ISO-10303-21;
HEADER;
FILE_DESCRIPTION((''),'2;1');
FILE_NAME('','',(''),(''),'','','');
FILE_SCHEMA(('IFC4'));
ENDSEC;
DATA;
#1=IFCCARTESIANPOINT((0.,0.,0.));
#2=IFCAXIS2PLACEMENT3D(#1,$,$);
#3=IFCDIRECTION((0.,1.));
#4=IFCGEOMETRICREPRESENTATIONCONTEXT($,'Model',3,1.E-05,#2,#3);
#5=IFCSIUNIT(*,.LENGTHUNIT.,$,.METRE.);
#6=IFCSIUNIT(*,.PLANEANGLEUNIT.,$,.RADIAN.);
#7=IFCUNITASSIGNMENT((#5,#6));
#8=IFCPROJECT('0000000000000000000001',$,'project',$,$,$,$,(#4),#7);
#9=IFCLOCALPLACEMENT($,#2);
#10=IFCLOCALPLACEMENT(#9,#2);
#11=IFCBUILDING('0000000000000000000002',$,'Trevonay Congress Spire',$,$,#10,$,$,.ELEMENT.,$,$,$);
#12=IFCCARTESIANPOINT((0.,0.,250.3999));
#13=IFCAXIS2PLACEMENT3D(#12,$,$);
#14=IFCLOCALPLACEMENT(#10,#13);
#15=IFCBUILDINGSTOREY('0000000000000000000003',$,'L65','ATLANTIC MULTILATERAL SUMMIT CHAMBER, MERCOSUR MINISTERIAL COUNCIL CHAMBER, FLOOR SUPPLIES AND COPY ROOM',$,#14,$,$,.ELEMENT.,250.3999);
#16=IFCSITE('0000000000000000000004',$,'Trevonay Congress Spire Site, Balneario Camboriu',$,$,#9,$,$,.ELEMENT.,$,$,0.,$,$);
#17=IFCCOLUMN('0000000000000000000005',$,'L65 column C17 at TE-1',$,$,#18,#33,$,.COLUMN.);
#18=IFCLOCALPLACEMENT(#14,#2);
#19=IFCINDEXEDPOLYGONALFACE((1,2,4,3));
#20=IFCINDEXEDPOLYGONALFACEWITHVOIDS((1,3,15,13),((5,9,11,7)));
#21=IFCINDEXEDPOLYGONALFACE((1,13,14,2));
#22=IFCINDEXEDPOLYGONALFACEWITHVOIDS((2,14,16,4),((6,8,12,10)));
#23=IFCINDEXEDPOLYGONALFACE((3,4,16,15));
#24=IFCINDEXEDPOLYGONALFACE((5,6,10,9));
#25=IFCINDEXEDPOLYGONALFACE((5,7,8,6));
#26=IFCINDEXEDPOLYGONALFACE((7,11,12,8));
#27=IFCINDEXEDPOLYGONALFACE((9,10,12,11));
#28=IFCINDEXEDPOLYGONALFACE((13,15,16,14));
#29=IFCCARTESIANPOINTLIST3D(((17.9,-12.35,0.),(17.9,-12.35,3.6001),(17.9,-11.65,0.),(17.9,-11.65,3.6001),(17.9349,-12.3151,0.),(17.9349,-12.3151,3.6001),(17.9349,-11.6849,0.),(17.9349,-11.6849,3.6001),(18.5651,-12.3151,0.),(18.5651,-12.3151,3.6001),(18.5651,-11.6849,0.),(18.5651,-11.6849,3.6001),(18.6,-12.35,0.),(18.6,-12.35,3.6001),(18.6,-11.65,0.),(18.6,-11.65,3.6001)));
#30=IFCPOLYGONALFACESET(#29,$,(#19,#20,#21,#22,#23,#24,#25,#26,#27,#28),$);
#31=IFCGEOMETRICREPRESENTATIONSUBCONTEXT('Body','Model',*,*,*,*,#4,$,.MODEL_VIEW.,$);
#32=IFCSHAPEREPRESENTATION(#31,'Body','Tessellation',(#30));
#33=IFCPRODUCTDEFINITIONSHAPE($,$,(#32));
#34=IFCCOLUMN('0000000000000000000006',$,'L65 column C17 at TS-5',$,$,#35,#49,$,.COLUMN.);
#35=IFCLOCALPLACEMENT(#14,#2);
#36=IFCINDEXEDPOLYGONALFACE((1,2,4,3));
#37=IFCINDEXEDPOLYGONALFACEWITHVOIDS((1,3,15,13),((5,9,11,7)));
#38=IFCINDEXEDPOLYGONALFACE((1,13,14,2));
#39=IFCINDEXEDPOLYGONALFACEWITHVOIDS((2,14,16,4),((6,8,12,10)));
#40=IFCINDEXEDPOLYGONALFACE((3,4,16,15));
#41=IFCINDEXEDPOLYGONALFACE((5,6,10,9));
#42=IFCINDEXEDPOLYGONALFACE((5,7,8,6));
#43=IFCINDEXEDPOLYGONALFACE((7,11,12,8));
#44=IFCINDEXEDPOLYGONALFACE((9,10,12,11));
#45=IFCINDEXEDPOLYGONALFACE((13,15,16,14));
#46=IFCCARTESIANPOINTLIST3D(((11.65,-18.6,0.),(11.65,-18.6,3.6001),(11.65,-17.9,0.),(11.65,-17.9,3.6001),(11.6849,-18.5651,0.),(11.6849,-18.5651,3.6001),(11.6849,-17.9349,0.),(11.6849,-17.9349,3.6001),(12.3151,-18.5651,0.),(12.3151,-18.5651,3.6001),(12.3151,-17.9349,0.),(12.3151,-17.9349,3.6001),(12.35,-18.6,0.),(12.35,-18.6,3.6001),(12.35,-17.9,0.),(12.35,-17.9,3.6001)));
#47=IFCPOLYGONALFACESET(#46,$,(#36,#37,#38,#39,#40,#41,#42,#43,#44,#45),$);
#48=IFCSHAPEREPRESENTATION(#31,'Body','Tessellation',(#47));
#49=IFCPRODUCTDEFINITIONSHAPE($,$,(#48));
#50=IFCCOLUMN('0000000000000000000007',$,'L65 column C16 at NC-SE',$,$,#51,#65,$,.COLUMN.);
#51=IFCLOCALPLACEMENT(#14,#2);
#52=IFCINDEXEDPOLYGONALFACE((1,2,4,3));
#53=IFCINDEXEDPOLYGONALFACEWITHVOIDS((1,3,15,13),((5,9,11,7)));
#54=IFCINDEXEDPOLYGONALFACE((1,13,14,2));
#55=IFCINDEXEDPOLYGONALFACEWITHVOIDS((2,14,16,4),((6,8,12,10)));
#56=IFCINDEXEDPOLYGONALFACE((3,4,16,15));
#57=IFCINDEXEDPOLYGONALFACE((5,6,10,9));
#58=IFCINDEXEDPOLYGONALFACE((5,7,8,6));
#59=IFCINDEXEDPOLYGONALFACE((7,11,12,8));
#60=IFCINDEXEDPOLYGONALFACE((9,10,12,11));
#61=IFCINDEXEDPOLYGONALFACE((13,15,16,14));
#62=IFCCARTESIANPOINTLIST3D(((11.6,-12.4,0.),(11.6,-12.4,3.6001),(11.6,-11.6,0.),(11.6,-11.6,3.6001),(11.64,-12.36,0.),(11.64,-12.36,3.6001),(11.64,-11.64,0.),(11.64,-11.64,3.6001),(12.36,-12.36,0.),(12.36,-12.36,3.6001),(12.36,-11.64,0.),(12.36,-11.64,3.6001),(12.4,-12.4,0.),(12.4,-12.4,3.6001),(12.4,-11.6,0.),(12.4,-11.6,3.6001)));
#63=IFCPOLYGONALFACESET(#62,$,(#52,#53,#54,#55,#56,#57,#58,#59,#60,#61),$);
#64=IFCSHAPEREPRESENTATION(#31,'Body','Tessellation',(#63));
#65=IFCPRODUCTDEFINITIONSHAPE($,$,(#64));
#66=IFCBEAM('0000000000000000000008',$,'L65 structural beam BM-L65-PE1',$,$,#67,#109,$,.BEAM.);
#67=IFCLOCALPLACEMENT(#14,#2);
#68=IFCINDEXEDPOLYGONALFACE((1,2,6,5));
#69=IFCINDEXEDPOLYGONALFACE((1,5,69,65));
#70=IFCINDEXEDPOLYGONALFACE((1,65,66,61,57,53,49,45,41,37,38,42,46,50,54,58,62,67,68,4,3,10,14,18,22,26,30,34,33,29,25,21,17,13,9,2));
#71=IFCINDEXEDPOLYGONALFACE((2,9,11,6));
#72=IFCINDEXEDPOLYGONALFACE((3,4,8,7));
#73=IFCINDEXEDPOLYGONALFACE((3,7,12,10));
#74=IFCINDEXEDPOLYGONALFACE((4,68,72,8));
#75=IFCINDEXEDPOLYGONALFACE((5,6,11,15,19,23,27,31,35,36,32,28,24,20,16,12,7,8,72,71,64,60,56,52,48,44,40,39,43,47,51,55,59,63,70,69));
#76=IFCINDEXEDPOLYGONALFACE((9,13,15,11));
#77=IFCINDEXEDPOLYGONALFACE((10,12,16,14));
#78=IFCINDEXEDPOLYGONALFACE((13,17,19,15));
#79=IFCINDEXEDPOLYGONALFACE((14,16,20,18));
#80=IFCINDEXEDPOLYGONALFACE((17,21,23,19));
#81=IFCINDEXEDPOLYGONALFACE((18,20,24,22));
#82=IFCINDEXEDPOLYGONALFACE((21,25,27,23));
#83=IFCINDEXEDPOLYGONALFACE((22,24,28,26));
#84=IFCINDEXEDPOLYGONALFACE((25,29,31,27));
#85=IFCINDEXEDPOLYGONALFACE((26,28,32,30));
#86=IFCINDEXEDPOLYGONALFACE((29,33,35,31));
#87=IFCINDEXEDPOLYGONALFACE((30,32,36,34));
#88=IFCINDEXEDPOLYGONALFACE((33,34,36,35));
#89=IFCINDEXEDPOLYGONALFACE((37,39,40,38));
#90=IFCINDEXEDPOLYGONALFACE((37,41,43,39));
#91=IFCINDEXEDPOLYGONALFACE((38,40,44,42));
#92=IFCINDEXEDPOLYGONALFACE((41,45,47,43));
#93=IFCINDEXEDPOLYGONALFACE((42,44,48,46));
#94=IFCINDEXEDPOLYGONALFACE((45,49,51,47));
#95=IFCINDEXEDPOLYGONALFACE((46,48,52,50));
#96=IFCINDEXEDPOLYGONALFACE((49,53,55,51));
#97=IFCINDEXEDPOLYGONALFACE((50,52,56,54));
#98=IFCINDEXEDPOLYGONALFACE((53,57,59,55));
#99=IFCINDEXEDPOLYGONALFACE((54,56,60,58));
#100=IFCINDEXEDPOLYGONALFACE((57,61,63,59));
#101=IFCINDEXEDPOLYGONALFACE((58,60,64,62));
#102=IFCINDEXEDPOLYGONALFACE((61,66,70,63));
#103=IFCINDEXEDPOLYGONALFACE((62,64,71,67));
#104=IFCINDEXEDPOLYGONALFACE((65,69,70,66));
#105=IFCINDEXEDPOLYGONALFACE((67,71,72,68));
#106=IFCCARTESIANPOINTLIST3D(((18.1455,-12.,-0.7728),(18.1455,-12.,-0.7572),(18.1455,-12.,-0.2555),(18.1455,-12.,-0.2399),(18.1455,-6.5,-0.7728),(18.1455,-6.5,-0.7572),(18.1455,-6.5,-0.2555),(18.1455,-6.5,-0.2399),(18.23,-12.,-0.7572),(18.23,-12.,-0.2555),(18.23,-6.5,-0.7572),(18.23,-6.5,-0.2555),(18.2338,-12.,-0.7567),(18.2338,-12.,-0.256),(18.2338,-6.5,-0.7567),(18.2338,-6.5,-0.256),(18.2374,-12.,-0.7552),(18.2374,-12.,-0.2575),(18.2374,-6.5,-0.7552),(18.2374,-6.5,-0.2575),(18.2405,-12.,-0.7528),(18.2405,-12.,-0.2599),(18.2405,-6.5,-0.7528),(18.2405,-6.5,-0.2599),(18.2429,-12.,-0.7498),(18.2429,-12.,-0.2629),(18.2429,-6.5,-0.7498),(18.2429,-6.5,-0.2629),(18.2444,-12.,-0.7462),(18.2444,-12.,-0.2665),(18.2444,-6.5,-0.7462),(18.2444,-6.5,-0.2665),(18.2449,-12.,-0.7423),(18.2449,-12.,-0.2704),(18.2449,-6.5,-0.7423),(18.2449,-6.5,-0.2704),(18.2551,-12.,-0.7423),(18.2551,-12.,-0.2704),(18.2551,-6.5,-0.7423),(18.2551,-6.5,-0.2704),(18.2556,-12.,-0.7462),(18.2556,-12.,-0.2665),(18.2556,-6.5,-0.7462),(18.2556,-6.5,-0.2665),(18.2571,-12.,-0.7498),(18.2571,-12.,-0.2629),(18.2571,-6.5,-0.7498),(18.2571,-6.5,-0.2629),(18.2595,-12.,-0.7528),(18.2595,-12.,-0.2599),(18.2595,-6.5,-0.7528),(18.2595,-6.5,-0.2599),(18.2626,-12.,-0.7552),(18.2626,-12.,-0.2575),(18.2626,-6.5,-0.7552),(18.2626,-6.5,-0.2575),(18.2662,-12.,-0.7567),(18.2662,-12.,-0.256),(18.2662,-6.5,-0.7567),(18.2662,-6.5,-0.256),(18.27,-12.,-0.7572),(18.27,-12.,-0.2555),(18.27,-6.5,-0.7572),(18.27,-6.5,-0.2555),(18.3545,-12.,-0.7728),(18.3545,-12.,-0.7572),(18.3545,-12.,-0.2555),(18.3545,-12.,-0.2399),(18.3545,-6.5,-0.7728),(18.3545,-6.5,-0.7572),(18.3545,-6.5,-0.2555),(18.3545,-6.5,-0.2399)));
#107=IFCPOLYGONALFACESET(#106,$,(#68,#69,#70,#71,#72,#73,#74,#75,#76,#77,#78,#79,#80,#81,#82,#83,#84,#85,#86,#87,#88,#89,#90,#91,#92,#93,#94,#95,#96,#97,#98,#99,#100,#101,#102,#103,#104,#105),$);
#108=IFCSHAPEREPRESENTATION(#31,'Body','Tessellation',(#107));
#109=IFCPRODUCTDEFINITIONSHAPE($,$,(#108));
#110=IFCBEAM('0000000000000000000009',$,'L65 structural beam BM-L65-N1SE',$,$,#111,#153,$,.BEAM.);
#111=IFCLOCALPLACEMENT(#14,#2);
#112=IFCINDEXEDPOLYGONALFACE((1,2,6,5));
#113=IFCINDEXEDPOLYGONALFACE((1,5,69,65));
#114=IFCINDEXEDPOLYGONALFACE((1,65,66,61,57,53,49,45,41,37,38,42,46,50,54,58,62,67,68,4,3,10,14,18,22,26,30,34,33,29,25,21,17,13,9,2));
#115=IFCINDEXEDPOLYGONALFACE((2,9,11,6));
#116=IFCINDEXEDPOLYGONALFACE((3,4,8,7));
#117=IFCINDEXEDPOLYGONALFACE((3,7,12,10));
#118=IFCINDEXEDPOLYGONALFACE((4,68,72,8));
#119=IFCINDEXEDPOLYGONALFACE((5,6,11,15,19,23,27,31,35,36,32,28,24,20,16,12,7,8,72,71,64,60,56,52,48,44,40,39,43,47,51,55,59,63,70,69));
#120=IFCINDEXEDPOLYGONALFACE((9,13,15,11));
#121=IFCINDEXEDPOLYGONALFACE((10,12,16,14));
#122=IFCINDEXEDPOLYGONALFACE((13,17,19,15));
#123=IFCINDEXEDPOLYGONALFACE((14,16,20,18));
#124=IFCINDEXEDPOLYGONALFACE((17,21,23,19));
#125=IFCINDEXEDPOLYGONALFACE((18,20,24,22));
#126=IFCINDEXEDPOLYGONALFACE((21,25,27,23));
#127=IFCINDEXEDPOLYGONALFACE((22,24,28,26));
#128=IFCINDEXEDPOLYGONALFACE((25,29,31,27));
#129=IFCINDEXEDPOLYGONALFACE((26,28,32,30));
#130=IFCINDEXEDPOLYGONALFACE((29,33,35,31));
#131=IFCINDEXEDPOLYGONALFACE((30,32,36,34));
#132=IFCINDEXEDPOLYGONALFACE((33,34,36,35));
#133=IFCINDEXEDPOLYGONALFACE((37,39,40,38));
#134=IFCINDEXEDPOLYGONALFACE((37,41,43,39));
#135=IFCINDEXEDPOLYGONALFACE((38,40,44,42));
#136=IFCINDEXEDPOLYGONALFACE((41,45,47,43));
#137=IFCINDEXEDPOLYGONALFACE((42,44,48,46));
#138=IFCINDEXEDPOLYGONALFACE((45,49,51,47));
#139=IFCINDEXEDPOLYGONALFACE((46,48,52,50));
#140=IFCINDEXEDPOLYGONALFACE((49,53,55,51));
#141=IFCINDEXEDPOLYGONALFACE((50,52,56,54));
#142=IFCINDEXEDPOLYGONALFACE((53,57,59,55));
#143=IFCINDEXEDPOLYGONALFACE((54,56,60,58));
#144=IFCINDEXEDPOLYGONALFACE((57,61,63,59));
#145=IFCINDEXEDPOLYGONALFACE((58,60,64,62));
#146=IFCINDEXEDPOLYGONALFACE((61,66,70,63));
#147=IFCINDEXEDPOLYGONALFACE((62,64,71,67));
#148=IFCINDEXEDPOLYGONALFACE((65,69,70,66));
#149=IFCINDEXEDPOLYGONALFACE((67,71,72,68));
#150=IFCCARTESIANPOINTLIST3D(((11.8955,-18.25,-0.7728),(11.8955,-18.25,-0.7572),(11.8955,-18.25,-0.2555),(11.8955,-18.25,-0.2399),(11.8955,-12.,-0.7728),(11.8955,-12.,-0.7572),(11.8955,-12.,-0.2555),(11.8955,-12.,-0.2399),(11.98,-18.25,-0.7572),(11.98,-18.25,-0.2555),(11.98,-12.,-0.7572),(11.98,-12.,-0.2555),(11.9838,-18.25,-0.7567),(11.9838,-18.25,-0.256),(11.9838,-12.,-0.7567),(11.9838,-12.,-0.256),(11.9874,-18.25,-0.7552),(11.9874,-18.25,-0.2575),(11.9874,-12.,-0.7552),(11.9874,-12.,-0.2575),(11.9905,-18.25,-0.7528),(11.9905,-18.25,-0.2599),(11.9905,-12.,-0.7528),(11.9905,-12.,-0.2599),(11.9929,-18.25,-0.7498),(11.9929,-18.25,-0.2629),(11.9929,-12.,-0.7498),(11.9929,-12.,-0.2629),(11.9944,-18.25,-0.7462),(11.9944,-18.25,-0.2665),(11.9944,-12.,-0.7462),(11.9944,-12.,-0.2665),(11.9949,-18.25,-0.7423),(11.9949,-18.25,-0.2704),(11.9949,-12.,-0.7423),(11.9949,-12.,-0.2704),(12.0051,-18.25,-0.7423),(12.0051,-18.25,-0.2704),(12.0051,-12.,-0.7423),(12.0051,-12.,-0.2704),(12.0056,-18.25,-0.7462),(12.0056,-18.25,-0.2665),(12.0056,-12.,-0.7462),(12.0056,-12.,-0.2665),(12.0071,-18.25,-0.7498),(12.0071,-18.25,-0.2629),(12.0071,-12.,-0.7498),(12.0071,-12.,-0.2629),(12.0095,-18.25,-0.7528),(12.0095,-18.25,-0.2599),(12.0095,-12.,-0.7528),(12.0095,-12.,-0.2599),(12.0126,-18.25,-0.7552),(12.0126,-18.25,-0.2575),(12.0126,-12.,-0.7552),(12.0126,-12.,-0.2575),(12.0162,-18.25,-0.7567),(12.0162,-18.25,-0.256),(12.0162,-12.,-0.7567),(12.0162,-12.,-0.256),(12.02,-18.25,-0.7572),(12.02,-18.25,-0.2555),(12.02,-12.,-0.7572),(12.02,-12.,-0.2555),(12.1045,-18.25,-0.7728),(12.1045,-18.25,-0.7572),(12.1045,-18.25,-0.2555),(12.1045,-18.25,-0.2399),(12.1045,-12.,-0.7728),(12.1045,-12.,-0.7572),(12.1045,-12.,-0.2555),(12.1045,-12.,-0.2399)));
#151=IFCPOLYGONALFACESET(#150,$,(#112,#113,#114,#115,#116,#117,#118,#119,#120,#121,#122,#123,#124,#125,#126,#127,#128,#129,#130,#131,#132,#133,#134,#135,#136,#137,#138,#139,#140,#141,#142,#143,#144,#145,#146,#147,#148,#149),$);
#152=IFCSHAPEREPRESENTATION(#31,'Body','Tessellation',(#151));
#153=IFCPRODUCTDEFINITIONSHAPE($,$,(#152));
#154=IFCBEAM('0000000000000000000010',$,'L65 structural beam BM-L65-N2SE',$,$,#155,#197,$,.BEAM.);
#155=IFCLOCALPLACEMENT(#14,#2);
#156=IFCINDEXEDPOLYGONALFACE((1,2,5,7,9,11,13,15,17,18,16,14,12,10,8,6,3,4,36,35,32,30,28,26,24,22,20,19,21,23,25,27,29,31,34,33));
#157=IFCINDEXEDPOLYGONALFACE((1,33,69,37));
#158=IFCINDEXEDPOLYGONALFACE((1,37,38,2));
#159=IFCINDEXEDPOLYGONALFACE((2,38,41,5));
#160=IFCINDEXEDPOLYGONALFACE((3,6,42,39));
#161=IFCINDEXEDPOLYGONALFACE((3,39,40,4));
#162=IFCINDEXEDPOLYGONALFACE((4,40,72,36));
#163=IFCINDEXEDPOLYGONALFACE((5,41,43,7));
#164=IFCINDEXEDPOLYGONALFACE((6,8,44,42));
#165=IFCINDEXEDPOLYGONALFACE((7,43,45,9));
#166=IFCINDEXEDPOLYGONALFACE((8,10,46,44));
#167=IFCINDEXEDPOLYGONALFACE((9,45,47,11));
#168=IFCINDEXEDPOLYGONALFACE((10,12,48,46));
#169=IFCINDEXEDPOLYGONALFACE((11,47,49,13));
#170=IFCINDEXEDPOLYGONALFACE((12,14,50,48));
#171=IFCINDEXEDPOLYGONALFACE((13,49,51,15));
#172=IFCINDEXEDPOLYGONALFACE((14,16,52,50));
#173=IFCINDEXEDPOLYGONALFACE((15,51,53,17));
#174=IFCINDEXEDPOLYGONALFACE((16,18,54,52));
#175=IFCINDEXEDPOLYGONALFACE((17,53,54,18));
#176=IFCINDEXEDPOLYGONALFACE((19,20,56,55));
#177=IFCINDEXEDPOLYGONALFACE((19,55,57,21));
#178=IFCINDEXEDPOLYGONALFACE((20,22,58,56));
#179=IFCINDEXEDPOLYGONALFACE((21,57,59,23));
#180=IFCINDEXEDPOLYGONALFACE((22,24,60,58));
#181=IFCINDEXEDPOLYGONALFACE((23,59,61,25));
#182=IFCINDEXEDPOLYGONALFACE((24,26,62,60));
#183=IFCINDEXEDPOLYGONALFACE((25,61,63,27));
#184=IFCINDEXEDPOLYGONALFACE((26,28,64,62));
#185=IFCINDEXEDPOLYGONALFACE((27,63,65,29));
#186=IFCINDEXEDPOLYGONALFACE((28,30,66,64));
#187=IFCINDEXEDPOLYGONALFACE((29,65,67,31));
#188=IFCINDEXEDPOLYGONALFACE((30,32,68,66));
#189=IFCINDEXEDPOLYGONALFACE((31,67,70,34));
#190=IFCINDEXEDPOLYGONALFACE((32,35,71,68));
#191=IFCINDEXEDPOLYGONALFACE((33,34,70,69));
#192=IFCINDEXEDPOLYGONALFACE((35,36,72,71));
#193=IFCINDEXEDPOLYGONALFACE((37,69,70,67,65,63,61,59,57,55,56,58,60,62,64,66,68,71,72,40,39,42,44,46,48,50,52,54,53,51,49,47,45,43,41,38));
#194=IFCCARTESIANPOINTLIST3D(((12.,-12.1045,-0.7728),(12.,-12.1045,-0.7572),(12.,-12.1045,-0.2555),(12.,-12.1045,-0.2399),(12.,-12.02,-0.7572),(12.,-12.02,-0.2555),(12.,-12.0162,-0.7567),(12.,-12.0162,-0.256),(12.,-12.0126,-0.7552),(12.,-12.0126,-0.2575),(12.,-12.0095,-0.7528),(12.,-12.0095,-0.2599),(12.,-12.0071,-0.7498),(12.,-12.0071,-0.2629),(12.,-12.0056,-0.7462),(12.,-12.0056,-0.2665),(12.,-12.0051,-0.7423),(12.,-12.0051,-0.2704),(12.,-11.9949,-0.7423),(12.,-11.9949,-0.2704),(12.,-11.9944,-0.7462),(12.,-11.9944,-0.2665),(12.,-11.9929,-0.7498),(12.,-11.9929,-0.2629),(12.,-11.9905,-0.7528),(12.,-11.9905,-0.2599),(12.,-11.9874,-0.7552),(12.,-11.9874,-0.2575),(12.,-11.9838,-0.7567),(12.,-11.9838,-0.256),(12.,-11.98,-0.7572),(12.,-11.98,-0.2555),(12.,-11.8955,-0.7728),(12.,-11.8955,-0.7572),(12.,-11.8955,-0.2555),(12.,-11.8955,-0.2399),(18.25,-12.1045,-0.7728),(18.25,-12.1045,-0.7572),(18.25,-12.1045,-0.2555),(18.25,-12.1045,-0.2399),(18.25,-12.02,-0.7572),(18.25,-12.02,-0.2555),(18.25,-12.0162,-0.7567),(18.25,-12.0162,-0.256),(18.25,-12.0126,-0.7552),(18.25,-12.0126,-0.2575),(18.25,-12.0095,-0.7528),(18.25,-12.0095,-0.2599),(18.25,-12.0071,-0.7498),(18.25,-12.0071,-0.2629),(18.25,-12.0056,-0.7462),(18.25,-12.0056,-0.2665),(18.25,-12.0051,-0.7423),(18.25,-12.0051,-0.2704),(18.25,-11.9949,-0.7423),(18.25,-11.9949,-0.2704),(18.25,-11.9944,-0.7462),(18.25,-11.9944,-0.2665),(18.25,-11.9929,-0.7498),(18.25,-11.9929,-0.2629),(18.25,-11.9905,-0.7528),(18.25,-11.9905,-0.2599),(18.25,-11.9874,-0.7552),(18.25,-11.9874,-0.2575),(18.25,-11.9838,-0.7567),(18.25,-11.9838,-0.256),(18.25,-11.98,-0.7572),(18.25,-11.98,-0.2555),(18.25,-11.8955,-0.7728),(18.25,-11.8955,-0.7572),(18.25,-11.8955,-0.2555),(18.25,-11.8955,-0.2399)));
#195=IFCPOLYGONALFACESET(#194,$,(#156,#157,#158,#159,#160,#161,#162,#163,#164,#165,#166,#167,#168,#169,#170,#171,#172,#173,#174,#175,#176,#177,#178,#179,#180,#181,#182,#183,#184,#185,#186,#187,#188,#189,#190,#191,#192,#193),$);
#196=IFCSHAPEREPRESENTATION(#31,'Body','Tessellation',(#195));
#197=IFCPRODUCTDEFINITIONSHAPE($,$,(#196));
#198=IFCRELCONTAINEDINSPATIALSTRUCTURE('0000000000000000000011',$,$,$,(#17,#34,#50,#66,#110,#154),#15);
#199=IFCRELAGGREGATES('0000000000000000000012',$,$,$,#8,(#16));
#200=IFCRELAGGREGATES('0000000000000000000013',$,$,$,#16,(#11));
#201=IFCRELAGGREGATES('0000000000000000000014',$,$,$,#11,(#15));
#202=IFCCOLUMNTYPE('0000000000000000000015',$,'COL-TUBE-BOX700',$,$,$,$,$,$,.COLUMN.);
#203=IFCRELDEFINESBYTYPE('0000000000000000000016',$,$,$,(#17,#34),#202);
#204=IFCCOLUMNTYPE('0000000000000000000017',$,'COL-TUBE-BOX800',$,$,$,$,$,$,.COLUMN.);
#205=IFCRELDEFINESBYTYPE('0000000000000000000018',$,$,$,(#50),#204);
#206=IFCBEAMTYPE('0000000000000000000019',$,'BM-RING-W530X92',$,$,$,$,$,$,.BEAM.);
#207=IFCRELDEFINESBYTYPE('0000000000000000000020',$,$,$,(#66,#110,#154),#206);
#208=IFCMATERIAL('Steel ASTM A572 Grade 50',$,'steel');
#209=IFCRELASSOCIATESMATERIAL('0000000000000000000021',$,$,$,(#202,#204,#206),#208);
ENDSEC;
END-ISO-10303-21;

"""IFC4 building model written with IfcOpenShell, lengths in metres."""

from ifc_helpers import new_model, si_unit, direction, frame, origin, origin_2d, place, context, subcontext, project, spatial, hollow_rectangle, i_section, extrude, material, material_profile, profile_set, type_object, element, save


model = new_model("IFC4")

# Units and contexts
model_context = context("Model", 3, precision=1e-05, world=origin(), true_north=direction((0.0, 1.0)))
body_context = subcontext(model_context, "Body", "Model", "MODEL_VIEW")
ifc_project = project(units=[si_unit("LENGTHUNIT", "METRE"), si_unit("PLANEANGLEUNIT", "RADIAN")], contexts=[model_context])

# Site, building, storey
site_placement = place(None, origin())
site = spatial("IfcSite", under=ifc_project, at=site_placement, Name="Trevonay Congress Spire Site, Balneario Camboriu", CompositionType="ELEMENT", RefElevation=0.0)
building_placement = place(site_placement, origin())
building = spatial("IfcBuilding", under=site, at=building_placement, Name="Trevonay Congress Spire", CompositionType="ELEMENT")
storey_placement = place(building_placement, frame((0.0, 0.0, 250.3999)))
storey = spatial("IfcBuildingStorey", under=building, at=storey_placement, Name="L65", Description="ATLANTIC MULTILATERAL SUMMIT CHAMBER, MERCOSUR MINISTERIAL COUNCIL CHAMBER, FLOOR SUPPLIES AND COPY ROOM", CompositionType="ELEMENT", Elevation=250.3999)

# Columns
ifc_material_1 = material(Name="Steel ASTM A572 Grade 50", Category="steel")
ifc_material_profile_1 = material_profile(ifc_material_1, hollow_rectangle(XDim=0.7, YDim=0.7, WallThickness=0.0349, at=origin_2d()), Name="BOX 700x700x35")
ifc_profile_set_1 = profile_set([ifc_material_profile_1], Name="Steel ASTM A572 Grade 50")
column_type_1 = type_object("IfcColumnType", Name="COL-TUBE-BOX700", PredefinedType="COLUMN", material=ifc_profile_set_1)
for number, where, z_axis, x_axis, name in (
    (1, (18.25, -12.0, 0.0), (0.0, 0.0, 1.0), (1.0, 0.0, 0.0), "L65 column C17 at TE-1"),
    (2, (12.0, -18.25, 0.0), (0.0, 0.0, 1.0), (1.0, 0.0, 0.0), "L65 column C17 at TS-5"),
):
    element("IfcColumn", number, at=place(storey_placement, frame(where, z_axis=z_axis, x_axis=x_axis)), inside=storey, type_object=column_type_1, Name=name, PredefinedType="COLUMN", context=body_context, shape_type="SweptSolid", body=[
        extrude(hollow_rectangle(XDim=0.7, YDim=0.7, WallThickness=0.0349, at=origin_2d()), origin(), (0.0, 0.0, 1.0), 3.6001),
    ])
ifc_material_profile_2 = material_profile(ifc_material_1, hollow_rectangle(XDim=0.8, YDim=0.8, WallThickness=0.04, at=origin_2d()), Name="BOX 800x800x40")
ifc_profile_set_2 = profile_set([ifc_material_profile_2], Name="Steel ASTM A572 Grade 50")
column_type_2 = type_object("IfcColumnType", Name="COL-TUBE-BOX800", PredefinedType="COLUMN", material=ifc_profile_set_2)
column_placement = place(storey_placement, frame((12.0, -12.0, 0.0), z_axis=(0.0, 0.0, 1.0), x_axis=(1.0, 0.0, 0.0)))
element("IfcColumn", 3, at=column_placement, inside=storey, type_object=column_type_2, Name="L65 column C16 at NC-SE", PredefinedType="COLUMN", context=body_context, shape_type="SweptSolid", body=[
    extrude(hollow_rectangle(XDim=0.8, YDim=0.8, WallThickness=0.04, at=origin_2d()), origin(), (0.0, 0.0, 1.0), 3.6001),
])

# Beams
ifc_material_profile_3 = material_profile(ifc_material_1, i_section(OverallWidth=0.209, OverallDepth=0.533, WebThickness=0.0103, FlangeThickness=0.0156, FilletRadius=0.0149, at=origin_2d()), Name="W530x92")
ifc_profile_set_3 = profile_set([ifc_material_profile_3], Name="Steel ASTM A572 Grade 50")
beam_type = type_object("IfcBeamType", Name="BM-RING-W530X92", PredefinedType="BEAM", material=ifc_profile_set_3)
beam_placement = place(storey_placement, frame((18.25, -12.0, -0.5063), z_axis=(0.0, 1.0, 0.0), x_axis=(-1.0, 0.0, 0.0)))
element("IfcBeam", 4, at=beam_placement, inside=storey, type_object=beam_type, Name="L65 structural beam BM-L65-PE1", PredefinedType="BEAM", context=body_context, shape_type="SweptSolid", body=[
    extrude(i_section(OverallWidth=0.209, OverallDepth=0.533, WebThickness=0.0103, FlangeThickness=0.0156, FilletRadius=0.0149, at=origin_2d()), origin(), (0.0, 0.0, 1.0), 5.5),
])
for number, where, z_axis, x_axis, name in (
    (5, (12.0, -18.25, -0.5063), (0.0, 1.0, 0.0), (-1.0, 0.0, 0.0), "L65 structural beam BM-L65-N1SE"),
    (6, (18.25, -12.0, -0.5063), (-1.0, 0.0, 0.0), (0.0, -1.0, 0.0), "L65 structural beam BM-L65-N2SE"),
):
    element("IfcBeam", number, at=place(storey_placement, frame(where, z_axis=z_axis, x_axis=x_axis)), inside=storey, type_object=beam_type, Name=name, PredefinedType="BEAM", context=body_context, shape_type="SweptSolid", body=[
        extrude(i_section(OverallWidth=0.209, OverallDepth=0.533, WebThickness=0.0103, FlangeThickness=0.0156, FilletRadius=0.0149, at=origin_2d()), origin(), (0.0, 0.0, 1.0), 6.25),
    ])

save(model, "model.ifc")
